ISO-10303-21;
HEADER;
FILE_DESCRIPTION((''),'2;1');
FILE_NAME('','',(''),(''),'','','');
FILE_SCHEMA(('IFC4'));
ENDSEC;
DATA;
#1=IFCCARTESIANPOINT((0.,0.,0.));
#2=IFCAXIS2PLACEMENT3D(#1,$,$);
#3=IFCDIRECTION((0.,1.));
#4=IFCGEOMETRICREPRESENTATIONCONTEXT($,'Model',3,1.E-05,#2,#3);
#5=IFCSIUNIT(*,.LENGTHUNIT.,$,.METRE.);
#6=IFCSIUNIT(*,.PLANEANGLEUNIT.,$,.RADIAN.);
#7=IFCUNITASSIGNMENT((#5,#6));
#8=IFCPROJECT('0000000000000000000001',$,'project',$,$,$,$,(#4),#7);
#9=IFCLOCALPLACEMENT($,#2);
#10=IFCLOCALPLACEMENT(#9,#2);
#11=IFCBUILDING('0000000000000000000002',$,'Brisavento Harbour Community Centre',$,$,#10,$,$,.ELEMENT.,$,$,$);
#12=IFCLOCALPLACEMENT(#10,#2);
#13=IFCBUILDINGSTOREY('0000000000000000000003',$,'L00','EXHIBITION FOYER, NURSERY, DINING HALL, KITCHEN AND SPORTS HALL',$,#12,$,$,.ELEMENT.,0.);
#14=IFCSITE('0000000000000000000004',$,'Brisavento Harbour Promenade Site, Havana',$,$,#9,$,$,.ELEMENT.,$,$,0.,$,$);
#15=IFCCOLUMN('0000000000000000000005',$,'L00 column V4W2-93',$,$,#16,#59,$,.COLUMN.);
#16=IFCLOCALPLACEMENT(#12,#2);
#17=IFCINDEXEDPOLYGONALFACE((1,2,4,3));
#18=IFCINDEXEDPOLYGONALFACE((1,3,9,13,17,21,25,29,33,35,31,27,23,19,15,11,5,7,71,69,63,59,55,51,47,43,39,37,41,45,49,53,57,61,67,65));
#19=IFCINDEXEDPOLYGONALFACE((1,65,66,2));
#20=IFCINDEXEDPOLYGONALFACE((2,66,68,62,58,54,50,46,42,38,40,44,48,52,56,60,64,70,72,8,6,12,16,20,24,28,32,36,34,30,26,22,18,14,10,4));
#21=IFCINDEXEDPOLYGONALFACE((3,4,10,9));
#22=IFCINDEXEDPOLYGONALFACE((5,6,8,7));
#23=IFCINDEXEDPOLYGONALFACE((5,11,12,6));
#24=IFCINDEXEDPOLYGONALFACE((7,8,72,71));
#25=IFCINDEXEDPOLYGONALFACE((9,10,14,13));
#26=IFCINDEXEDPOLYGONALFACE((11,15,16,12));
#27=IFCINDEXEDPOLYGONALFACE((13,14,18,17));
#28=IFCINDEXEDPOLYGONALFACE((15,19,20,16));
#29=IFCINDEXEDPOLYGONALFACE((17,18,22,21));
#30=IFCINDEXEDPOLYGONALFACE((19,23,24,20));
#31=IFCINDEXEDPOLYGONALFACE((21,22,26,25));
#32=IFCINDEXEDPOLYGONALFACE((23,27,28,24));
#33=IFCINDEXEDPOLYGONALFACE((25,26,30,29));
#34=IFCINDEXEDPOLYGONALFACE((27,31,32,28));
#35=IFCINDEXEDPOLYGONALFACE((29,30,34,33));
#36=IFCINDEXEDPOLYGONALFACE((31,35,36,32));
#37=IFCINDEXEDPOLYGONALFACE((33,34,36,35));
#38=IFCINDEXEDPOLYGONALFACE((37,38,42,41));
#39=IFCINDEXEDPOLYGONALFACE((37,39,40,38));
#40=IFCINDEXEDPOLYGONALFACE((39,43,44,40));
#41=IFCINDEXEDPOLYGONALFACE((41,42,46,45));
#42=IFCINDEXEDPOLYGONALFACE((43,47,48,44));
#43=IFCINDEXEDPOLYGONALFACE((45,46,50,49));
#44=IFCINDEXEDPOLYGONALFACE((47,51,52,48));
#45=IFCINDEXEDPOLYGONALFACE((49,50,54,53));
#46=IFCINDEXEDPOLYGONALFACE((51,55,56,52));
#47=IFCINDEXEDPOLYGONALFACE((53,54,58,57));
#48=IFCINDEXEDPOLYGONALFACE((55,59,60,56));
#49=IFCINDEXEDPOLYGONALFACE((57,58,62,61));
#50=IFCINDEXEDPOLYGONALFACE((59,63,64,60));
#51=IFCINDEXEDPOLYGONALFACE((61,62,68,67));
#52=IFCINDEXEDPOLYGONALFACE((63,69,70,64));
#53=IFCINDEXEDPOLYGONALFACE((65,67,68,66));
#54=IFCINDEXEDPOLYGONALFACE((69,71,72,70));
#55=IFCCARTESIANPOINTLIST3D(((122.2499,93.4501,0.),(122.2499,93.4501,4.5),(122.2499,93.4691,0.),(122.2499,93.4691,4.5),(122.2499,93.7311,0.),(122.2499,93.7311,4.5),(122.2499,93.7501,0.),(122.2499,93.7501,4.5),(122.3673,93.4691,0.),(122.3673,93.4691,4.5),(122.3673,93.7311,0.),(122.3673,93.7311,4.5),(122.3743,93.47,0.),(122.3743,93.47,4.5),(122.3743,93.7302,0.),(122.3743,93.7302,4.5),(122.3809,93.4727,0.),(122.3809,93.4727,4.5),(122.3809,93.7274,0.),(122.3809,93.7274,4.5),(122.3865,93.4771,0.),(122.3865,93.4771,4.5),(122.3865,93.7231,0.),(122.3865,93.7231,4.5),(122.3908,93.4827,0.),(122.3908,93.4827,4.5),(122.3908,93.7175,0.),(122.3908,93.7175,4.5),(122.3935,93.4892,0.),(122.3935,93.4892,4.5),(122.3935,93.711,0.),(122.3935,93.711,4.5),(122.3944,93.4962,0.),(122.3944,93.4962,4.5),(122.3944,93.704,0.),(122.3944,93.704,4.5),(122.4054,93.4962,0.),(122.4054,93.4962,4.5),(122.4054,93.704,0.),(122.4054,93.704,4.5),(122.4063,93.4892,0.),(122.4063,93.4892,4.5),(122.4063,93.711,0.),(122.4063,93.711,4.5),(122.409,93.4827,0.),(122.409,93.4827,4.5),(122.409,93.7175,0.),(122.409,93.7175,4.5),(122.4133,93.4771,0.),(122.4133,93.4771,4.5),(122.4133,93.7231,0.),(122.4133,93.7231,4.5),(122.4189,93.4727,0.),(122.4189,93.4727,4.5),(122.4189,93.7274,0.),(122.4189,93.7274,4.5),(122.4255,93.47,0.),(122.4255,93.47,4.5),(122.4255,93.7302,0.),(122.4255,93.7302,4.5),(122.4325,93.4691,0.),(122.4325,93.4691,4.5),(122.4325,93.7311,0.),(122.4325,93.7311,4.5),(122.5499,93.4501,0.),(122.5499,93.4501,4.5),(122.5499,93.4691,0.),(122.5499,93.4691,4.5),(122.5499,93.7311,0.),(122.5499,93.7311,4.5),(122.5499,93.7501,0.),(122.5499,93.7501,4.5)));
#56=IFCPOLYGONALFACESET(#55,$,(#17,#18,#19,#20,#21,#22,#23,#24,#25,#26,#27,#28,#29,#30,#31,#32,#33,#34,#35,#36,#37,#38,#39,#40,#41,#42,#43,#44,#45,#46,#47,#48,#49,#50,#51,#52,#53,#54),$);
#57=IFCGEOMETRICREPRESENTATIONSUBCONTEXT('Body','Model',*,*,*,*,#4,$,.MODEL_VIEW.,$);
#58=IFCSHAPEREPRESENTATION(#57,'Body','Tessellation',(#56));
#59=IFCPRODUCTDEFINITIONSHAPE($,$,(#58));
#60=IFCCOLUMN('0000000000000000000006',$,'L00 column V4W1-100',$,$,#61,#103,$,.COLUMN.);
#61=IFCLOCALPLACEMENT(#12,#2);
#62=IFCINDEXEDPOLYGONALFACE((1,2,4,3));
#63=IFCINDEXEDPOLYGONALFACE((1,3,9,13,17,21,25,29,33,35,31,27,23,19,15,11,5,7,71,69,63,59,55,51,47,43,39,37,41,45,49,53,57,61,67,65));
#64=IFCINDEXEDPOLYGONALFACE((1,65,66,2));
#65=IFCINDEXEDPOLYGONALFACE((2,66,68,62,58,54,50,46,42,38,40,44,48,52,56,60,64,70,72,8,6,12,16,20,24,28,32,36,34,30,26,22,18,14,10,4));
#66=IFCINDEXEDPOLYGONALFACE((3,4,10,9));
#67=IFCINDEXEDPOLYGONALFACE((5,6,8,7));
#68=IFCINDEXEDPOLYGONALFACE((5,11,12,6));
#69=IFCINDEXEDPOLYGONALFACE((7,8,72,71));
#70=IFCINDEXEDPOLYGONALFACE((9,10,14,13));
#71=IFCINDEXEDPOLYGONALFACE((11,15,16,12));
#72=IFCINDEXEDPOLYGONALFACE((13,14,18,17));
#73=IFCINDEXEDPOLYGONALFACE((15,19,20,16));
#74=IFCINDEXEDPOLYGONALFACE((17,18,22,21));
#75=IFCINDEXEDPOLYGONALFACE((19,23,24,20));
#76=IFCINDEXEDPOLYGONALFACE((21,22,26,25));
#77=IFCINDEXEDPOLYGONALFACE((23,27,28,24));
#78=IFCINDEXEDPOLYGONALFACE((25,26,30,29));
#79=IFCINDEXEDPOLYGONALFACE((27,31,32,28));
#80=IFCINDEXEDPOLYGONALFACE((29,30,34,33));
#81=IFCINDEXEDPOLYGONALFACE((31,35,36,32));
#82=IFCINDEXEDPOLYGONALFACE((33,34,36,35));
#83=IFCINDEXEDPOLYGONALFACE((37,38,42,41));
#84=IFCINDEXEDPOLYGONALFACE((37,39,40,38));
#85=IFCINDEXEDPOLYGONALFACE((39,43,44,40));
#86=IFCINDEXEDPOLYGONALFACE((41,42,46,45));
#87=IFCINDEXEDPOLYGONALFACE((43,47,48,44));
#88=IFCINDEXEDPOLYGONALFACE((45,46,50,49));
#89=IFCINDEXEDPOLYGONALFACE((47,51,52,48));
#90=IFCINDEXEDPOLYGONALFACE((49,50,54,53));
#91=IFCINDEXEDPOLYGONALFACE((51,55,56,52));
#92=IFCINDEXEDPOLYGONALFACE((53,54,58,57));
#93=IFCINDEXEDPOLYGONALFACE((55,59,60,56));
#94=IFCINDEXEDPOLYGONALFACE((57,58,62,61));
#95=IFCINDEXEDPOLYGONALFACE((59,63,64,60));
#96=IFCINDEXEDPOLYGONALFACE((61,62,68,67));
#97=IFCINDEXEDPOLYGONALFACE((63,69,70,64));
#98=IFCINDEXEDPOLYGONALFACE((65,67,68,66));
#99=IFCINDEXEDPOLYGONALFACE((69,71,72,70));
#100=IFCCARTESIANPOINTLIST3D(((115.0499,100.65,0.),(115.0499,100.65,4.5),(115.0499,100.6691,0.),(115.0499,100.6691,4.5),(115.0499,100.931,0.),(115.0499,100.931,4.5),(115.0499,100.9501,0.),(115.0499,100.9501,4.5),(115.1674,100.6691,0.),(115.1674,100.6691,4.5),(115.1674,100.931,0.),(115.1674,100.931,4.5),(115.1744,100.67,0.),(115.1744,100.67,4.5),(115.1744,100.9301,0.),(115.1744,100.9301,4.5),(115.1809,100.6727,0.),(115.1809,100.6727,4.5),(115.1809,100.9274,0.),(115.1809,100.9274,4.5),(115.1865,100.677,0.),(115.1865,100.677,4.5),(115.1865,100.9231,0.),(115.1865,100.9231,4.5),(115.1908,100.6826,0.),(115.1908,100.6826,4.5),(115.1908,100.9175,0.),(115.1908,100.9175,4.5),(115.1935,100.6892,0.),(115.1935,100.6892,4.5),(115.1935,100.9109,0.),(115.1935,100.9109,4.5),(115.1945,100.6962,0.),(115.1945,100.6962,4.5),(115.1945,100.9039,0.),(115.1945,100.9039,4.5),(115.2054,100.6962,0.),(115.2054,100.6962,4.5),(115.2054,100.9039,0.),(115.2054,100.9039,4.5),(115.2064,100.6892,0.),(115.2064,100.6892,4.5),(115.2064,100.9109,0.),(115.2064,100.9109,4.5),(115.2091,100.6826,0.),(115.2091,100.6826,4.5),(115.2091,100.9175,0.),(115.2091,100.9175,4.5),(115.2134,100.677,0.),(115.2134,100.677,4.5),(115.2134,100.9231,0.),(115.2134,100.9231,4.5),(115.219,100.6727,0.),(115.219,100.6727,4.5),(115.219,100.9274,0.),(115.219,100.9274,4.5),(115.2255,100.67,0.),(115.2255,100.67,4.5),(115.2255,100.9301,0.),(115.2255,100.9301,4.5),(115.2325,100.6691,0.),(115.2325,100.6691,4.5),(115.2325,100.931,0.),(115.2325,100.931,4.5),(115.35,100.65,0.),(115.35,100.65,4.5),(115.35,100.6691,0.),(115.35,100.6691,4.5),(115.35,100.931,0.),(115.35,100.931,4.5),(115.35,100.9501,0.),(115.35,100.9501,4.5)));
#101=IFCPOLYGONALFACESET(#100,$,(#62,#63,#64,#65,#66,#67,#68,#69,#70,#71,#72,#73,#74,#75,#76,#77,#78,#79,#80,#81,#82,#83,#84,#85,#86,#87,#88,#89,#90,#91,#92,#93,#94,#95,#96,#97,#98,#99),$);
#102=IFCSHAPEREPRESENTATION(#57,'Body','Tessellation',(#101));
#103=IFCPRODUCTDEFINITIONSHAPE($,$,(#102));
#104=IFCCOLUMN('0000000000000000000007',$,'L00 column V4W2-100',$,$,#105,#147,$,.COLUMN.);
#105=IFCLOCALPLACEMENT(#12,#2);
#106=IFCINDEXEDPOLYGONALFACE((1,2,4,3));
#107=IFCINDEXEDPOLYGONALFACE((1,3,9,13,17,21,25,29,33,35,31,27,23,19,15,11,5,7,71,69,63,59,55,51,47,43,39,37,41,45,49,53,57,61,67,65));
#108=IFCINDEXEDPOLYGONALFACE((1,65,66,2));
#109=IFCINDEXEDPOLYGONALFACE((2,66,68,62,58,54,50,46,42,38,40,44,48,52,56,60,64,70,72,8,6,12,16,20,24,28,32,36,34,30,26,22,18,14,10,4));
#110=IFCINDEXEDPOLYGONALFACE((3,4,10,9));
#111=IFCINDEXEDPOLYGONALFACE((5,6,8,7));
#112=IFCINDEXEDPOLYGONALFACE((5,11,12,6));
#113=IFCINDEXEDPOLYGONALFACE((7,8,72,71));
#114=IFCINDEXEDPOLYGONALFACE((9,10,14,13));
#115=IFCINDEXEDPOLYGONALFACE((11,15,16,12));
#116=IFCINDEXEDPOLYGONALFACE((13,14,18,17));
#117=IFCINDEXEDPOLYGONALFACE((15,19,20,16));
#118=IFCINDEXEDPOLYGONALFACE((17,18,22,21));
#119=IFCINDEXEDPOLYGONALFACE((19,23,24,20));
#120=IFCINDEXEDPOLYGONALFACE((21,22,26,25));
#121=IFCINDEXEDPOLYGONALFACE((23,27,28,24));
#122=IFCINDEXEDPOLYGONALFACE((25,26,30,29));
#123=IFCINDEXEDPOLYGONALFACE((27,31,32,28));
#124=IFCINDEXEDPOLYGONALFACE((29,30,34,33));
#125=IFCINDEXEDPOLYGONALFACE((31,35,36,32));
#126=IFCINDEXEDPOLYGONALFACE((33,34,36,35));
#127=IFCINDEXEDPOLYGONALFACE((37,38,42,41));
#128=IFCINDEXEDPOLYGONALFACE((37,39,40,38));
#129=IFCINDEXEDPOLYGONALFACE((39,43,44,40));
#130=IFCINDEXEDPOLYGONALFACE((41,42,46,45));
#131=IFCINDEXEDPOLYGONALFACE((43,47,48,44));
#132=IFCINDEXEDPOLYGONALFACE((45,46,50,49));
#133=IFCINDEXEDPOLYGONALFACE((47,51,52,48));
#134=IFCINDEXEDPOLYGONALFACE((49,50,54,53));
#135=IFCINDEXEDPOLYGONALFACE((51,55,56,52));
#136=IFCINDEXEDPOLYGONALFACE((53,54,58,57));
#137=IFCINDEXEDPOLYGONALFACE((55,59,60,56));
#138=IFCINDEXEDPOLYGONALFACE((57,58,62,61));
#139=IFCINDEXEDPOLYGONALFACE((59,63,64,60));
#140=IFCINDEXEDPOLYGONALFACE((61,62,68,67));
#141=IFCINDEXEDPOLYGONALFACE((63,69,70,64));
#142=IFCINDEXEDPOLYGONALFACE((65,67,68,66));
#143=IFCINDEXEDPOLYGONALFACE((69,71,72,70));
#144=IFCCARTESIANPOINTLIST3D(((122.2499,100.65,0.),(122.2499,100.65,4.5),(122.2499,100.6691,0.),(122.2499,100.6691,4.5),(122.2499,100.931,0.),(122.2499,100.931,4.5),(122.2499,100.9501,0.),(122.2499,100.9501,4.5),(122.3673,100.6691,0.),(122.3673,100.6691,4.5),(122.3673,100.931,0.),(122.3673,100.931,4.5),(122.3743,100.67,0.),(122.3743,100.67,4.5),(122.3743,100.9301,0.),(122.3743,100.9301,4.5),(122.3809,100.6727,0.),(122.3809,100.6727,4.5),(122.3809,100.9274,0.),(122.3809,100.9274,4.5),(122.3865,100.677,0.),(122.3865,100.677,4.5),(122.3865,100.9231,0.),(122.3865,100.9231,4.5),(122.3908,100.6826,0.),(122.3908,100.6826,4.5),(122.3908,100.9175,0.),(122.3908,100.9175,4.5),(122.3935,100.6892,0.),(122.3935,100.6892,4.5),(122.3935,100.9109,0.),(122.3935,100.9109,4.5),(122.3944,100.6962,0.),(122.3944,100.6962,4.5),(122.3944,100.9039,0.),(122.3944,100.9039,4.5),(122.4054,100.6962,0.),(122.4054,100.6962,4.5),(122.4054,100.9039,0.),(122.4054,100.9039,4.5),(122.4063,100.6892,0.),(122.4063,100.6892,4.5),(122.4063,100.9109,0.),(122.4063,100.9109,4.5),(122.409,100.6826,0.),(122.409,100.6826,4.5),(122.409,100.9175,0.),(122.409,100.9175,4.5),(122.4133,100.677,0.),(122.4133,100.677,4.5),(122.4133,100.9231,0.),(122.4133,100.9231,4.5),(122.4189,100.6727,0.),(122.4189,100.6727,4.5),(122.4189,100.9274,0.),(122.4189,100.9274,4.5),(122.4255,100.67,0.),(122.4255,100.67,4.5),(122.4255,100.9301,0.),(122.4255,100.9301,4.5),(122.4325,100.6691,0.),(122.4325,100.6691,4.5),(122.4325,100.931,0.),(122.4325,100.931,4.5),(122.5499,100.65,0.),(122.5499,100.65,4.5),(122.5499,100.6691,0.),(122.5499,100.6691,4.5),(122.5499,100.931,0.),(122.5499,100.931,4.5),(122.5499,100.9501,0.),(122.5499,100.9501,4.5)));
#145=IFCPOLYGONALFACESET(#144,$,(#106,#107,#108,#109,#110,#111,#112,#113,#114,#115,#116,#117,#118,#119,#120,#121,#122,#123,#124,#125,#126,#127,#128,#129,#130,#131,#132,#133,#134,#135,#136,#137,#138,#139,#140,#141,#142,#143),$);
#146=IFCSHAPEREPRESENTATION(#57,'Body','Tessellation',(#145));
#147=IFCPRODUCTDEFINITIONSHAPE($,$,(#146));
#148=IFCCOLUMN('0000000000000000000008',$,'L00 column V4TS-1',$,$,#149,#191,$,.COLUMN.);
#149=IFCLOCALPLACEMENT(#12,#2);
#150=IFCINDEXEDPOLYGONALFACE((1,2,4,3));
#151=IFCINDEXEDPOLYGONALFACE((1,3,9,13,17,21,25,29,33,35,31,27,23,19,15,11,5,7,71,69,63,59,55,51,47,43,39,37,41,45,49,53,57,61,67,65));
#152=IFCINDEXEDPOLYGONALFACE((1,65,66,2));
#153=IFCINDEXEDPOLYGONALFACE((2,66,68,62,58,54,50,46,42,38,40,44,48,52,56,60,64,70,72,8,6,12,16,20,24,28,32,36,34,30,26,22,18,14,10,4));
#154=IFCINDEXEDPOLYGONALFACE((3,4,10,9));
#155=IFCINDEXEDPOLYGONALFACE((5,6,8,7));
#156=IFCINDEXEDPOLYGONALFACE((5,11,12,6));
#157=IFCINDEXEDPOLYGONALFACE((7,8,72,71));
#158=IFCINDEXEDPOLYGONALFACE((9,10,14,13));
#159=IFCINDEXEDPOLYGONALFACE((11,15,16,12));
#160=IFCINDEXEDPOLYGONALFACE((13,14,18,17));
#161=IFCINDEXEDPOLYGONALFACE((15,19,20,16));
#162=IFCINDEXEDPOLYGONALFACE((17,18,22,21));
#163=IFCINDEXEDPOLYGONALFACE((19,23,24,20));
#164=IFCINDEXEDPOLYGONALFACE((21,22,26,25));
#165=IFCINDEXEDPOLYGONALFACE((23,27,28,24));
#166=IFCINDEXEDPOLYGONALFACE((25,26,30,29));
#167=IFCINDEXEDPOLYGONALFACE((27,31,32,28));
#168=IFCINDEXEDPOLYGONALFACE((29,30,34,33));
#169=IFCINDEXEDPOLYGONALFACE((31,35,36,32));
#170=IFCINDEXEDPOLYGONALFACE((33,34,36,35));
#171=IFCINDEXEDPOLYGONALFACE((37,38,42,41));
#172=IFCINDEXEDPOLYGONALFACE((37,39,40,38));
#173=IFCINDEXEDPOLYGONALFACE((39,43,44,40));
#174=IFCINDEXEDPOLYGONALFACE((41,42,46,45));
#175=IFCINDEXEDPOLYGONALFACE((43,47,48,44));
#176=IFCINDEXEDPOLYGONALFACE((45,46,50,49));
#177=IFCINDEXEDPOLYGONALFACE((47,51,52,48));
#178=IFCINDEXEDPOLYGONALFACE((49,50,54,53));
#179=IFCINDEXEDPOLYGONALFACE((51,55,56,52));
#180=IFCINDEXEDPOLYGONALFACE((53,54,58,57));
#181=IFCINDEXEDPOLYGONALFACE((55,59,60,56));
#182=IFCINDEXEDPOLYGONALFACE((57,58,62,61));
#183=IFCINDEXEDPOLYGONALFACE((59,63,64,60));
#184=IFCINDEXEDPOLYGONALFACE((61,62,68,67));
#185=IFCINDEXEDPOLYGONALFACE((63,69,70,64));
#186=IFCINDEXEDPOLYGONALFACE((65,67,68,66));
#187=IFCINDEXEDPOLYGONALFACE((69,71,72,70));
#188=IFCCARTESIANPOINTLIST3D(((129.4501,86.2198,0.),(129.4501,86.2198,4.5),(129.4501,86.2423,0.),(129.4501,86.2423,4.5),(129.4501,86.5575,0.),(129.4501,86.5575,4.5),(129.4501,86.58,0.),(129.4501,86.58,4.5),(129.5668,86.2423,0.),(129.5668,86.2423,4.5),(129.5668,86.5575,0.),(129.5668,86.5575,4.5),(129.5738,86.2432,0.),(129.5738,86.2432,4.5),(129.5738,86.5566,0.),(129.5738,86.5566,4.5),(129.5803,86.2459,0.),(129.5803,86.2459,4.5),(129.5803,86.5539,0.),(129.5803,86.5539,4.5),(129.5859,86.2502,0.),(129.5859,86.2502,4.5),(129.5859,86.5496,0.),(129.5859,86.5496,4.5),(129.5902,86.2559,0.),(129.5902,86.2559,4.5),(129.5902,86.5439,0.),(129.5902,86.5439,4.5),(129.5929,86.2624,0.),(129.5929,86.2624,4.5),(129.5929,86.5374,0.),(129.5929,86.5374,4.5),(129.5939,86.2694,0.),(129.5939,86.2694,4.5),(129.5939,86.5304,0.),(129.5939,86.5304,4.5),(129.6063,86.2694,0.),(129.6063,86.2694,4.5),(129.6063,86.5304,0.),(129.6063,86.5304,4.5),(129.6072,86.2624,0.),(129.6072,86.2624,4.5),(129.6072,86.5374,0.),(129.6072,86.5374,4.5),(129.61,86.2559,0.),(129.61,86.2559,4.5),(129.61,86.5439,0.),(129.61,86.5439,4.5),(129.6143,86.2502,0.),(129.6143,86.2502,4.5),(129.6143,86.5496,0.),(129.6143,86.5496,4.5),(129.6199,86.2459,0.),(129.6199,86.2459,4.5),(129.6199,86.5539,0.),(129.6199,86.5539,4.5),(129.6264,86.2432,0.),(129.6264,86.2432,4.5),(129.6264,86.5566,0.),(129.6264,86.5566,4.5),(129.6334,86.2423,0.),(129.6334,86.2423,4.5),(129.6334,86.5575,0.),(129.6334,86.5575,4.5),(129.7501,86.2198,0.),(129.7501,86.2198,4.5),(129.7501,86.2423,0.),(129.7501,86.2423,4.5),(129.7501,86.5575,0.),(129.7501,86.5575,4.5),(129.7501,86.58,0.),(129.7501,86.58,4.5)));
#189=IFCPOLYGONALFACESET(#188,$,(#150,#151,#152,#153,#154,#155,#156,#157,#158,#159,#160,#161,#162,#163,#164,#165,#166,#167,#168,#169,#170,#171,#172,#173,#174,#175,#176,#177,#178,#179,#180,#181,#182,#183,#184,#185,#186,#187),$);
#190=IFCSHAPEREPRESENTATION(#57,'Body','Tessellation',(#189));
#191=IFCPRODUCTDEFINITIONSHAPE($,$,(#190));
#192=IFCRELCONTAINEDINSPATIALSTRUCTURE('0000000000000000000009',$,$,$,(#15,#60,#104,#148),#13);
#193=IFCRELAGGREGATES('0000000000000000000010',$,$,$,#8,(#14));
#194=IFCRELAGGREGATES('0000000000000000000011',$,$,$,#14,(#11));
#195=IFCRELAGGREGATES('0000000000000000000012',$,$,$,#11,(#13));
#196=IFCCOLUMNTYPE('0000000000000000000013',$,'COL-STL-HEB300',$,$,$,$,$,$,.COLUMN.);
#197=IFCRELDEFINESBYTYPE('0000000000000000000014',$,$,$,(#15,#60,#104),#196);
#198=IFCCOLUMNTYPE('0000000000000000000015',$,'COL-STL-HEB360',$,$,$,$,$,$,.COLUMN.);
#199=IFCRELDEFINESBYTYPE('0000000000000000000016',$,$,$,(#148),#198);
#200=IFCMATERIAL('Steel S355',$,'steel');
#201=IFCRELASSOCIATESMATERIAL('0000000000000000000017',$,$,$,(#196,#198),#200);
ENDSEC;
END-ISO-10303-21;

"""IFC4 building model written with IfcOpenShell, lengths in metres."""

from ifc_helpers import new_model, si_unit, direction, frame, origin, origin_2d, place, context, subcontext, project, spatial, i_section, extrude, material, material_profile, profile_set, type_object, element, save


model = new_model("IFC4")

# Units and contexts
model_context = context("Model", 3, precision=1e-05, world=origin(), true_north=direction((0.0, 1.0)))
body_context = subcontext(model_context, "Body", "Model", "MODEL_VIEW")
ifc_project = project(units=[si_unit("LENGTHUNIT", "METRE"), si_unit("PLANEANGLEUNIT", "RADIAN")], contexts=[model_context])

# Site, building, storey
site_placement = place(None, origin())
site = spatial("IfcSite", under=ifc_project, at=site_placement, Name="Brisavento Harbour Promenade Site, Havana", CompositionType="ELEMENT", RefElevation=0.0)
building_placement = place(site_placement, origin())
building = spatial("IfcBuilding", under=site, at=building_placement, Name="Brisavento Harbour Community Centre", CompositionType="ELEMENT")
storey_placement = place(building_placement, origin())
storey = spatial("IfcBuildingStorey", under=building, at=storey_placement, Name="L00", Description="EXHIBITION FOYER, NURSERY, DINING HALL, KITCHEN AND SPORTS HALL", CompositionType="ELEMENT", Elevation=0.0)

# Columns
ifc_material_1 = material(Name="Steel S355", Category="steel")
ifc_material_profile_1 = material_profile(ifc_material_1, i_section(OverallWidth=0.3, OverallDepth=0.3, WebThickness=0.011, FlangeThickness=0.019, FilletRadius=0.0271, at=origin_2d()), Name="Steel S355")
ifc_profile_set_1 = profile_set([ifc_material_profile_1], Name="Steel S355")
column_type_1 = type_object("IfcColumnType", Name="COL-STL-HEB300", PredefinedType="COLUMN", material=ifc_profile_set_1)
for number, where, z_axis, x_axis, name in (
    (1, (122.3999, 93.6001, 0.0), (0.0, 0.0, 1.0), (1.0, 0.0, 0.0), "L00 column V4W2-93"),
    (2, (115.2, 100.8, 0.0), (0.0, 0.0, 1.0), (1.0, 0.0, 0.0), "L00 column V4W1-100"),
    (3, (122.3999, 100.8, 0.0), (0.0, 0.0, 1.0), (1.0, 0.0, 0.0), "L00 column V4W2-100"),
):
    element("IfcColumn", number, at=place(storey_placement, frame(where, z_axis=z_axis, x_axis=x_axis)), inside=storey, type_object=column_type_1, Name=name, PredefinedType="COLUMN", context=body_context, shape_type="SweptSolid", body=[
        extrude(i_section(OverallWidth=0.3, OverallDepth=0.3, WebThickness=0.011, FlangeThickness=0.019, FilletRadius=0.0271, at=origin_2d()), origin(), (0.0, 0.0, 1.0), 4.5),
    ])
ifc_material_profile_2 = material_profile(ifc_material_1, i_section(OverallWidth=0.3, OverallDepth=0.3601, WebThickness=0.0125, FlangeThickness=0.0225, FilletRadius=0.0271, at=origin_2d()), Name="Steel S355")
ifc_profile_set_2 = profile_set([ifc_material_profile_2], Name="Steel S355")
column_type_2 = type_object("IfcColumnType", Name="COL-STL-HEB360", PredefinedType="COLUMN", material=ifc_profile_set_2)
column_placement = place(storey_placement, frame((129.6001, 86.3999, 0.0), z_axis=(0.0, 0.0, 1.0), x_axis=(1.0, 0.0, 0.0)))
element("IfcColumn", 4, at=column_placement, inside=storey, type_object=column_type_2, Name="L00 column V4TS-1", PredefinedType="COLUMN", context=body_context, shape_type="SweptSolid", body=[
    extrude(i_section(OverallWidth=0.3, OverallDepth=0.3601, WebThickness=0.0125, FlangeThickness=0.0225, FilletRadius=0.0271, at=origin_2d()), origin(), (0.0, 0.0, 1.0), 4.5),
])

save(model, "model.ifc")
